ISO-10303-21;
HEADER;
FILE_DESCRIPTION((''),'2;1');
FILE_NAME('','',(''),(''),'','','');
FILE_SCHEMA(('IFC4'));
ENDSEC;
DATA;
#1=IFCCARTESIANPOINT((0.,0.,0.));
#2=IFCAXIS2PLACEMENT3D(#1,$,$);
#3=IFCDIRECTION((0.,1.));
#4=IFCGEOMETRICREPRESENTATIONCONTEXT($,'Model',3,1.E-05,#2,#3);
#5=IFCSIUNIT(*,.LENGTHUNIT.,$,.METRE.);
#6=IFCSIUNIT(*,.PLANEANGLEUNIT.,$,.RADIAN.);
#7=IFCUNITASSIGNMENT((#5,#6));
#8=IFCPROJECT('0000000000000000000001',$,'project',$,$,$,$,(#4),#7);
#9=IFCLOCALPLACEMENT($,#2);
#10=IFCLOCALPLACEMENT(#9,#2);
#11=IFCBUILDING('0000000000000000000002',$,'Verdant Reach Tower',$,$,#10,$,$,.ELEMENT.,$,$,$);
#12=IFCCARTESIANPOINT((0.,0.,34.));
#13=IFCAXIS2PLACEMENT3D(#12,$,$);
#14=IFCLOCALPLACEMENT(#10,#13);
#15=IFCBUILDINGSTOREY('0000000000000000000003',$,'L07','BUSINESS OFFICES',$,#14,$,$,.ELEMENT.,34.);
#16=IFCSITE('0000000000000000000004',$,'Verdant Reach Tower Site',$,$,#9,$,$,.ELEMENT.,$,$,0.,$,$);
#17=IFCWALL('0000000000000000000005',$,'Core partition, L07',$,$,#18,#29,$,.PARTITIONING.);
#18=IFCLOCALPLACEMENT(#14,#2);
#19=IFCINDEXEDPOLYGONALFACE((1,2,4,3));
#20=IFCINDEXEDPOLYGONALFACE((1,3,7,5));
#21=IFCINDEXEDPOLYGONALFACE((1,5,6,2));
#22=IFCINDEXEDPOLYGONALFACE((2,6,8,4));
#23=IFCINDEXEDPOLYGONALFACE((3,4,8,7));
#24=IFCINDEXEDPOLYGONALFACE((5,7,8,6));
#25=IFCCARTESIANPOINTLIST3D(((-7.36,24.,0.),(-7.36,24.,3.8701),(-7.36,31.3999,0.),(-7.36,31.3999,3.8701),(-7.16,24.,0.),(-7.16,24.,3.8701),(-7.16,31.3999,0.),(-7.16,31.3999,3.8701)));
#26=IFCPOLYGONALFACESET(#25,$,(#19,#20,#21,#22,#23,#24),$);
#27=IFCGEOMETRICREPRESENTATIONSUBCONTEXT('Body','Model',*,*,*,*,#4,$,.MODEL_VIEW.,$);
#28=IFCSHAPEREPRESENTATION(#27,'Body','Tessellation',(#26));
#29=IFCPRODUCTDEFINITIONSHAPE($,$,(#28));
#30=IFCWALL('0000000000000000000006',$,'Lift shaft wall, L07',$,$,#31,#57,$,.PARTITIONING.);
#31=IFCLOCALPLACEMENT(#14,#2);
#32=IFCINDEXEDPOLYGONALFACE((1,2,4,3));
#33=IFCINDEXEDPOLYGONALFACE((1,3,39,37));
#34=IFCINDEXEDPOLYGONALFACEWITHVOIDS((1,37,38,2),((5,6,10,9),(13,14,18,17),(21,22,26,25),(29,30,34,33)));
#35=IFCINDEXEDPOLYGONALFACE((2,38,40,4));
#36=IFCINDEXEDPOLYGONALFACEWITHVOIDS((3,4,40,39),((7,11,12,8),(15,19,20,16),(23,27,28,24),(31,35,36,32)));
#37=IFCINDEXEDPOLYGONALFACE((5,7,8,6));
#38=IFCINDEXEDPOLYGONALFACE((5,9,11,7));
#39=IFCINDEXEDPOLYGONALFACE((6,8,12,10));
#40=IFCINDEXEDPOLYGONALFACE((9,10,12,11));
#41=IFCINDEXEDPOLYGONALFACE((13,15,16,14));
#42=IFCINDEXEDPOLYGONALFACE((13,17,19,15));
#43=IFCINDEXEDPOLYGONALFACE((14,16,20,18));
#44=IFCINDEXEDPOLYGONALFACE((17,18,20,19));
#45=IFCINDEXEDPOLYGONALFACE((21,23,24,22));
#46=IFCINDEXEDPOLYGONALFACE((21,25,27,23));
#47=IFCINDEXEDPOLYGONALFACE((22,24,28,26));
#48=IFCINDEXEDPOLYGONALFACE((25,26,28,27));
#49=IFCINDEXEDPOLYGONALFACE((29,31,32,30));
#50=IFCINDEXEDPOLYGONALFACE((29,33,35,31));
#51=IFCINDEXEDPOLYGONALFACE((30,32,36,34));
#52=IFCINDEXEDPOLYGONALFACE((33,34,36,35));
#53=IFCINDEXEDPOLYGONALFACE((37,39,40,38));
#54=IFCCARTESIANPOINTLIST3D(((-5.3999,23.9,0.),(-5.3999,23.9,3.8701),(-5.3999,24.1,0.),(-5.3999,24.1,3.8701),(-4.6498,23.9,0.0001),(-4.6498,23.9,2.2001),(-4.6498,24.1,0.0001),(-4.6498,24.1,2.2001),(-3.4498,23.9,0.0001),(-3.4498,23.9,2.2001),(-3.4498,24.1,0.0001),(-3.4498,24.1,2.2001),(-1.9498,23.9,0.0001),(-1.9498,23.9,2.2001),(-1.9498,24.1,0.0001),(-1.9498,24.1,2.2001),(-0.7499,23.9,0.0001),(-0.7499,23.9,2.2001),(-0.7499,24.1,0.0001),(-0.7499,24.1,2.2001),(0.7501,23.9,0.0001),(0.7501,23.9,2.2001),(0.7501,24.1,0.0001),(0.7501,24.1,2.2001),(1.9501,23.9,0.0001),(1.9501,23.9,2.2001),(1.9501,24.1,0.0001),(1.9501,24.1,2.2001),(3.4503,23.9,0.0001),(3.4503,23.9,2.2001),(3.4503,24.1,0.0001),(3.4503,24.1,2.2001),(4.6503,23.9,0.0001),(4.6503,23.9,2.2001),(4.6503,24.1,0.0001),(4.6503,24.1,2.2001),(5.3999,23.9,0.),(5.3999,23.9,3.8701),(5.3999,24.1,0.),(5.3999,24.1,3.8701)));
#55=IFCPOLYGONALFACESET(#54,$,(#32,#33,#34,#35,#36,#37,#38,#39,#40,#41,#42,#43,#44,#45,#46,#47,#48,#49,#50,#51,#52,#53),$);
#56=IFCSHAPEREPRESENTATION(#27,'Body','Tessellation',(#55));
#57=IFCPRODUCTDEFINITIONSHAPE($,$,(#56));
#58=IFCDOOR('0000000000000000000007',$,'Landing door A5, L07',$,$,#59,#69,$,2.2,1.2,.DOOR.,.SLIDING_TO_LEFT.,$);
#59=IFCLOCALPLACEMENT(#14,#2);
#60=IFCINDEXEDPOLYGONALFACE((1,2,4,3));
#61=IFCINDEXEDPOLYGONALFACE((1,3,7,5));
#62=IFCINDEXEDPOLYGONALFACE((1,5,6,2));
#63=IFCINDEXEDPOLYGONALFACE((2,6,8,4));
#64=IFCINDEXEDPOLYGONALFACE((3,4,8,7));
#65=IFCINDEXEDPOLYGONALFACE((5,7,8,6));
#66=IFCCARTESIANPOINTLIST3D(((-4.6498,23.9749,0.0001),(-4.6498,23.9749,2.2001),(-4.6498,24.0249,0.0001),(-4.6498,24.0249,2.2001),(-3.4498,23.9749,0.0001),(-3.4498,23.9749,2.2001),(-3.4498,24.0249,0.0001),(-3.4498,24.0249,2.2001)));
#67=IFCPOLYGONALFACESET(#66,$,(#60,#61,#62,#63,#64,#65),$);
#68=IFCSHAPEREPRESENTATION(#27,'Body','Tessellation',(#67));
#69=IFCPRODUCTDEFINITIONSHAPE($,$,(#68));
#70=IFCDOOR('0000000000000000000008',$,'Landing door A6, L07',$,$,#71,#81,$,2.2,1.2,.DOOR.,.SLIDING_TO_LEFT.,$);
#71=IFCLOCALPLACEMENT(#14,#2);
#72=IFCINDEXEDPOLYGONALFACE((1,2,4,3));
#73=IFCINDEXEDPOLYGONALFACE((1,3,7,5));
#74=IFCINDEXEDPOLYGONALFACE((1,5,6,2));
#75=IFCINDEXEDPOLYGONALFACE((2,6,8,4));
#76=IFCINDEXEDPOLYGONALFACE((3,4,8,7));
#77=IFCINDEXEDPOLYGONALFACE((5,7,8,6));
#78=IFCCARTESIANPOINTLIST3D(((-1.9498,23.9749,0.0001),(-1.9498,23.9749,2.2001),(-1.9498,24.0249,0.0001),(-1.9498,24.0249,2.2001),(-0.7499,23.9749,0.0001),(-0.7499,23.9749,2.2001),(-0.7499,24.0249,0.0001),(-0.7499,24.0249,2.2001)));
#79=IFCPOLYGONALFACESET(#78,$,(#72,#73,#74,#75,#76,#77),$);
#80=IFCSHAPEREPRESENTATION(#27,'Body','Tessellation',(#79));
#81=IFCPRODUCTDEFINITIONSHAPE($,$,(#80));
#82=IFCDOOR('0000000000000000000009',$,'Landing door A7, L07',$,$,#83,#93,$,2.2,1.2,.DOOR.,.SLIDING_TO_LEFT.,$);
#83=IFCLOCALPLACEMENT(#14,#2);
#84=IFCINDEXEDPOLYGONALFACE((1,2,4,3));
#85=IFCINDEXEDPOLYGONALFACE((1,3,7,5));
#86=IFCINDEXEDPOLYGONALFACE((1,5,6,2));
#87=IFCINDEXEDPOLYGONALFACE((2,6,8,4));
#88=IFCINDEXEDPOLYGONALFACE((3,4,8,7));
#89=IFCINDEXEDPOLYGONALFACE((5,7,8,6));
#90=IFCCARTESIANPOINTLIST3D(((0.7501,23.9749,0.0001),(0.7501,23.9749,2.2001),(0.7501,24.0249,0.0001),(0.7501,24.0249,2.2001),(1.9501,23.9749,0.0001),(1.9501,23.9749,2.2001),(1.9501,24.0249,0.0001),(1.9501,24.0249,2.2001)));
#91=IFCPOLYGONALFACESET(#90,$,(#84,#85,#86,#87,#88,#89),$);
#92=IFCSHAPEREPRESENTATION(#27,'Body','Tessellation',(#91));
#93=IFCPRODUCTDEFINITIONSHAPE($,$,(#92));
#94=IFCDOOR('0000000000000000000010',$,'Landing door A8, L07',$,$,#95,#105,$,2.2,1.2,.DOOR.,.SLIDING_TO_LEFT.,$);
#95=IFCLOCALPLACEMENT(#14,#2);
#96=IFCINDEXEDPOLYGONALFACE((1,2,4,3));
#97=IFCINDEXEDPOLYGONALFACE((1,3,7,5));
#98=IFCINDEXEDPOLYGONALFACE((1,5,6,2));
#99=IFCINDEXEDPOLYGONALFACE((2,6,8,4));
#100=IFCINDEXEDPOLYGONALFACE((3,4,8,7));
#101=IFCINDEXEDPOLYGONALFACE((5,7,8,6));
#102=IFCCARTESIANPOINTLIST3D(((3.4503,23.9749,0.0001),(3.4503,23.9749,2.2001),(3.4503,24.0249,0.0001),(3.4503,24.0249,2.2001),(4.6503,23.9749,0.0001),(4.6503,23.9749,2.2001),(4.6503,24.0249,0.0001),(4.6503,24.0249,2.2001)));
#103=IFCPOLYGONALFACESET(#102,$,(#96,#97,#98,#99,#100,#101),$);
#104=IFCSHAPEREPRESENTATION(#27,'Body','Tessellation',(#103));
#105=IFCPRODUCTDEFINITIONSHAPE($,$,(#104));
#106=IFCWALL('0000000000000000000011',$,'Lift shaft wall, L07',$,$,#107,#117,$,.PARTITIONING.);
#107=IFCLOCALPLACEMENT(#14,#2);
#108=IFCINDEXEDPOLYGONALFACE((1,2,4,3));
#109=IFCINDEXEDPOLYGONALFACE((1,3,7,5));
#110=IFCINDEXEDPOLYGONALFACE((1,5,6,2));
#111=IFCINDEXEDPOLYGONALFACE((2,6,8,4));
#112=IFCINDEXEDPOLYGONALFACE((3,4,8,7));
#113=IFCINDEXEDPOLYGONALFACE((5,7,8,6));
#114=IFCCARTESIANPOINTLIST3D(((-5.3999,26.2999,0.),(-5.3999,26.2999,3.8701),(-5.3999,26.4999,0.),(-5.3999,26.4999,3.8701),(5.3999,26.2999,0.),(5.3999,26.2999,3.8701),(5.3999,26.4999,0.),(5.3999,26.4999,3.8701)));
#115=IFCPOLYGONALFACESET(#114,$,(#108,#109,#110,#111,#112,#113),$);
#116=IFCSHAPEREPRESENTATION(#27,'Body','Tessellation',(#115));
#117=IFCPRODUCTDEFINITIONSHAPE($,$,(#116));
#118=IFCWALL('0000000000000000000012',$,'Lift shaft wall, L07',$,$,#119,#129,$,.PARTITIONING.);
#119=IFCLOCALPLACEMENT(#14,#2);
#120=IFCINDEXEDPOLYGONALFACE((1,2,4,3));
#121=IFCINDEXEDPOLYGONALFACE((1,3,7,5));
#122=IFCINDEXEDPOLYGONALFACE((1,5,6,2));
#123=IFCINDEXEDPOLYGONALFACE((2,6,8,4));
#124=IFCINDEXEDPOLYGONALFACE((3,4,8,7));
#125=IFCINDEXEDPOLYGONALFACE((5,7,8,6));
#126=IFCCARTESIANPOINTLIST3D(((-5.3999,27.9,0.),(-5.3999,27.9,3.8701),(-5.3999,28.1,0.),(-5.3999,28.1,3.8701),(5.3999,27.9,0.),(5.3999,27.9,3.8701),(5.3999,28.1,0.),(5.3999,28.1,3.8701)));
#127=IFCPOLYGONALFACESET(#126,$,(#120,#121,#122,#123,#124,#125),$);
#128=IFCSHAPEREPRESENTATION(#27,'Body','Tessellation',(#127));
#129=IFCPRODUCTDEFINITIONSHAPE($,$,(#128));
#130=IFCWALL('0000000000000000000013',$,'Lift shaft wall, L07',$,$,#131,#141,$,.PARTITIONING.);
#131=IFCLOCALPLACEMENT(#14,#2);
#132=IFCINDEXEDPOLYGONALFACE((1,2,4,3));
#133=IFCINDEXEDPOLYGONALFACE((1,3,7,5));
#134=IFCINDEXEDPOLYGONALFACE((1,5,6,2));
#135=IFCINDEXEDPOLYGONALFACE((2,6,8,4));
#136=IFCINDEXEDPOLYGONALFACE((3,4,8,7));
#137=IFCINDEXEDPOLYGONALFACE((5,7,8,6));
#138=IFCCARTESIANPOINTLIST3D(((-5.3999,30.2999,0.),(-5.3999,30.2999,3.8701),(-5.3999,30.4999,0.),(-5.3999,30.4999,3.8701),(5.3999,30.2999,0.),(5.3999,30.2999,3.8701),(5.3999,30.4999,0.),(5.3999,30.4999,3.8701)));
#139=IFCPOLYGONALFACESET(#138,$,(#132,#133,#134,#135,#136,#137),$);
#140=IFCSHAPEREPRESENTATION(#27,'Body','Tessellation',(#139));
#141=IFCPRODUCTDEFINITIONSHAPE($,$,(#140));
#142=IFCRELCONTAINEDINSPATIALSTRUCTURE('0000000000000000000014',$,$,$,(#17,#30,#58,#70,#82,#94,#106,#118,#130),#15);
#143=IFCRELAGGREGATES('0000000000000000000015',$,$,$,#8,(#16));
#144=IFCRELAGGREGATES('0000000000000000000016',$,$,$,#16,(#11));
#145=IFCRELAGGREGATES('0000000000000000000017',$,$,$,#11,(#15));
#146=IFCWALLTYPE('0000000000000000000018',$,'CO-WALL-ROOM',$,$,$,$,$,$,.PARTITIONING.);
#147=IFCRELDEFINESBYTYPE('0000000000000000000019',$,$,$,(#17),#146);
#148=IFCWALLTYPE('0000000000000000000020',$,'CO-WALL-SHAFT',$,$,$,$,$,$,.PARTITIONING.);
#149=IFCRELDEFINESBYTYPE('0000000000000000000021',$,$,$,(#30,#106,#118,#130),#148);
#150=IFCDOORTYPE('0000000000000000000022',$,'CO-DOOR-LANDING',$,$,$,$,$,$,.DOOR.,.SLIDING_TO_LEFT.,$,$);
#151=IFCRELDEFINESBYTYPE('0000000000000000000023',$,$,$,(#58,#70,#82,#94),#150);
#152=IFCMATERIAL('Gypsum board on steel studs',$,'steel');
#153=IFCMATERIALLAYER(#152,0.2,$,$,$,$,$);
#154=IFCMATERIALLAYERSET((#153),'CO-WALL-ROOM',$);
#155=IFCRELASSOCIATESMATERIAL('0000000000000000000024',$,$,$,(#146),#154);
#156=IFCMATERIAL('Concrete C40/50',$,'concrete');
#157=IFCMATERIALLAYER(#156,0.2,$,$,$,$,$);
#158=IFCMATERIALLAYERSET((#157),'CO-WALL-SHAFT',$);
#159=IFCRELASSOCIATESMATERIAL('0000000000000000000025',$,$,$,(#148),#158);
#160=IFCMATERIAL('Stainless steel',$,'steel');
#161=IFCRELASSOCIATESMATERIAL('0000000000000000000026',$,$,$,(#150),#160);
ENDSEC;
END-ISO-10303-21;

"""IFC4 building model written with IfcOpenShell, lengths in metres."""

from ifc_helpers import new_model, si_unit, direction, frame, frame_2d, origin, place, context, subcontext, project, spatial, rectangle, extrude, material, layer, layer_set, type_object, element, fill, save


model = new_model("IFC4")

# Units and contexts
model_context = context("Model", 3, precision=1e-05, world=origin(), true_north=direction((0.0, 1.0)))
body_context = subcontext(model_context, "Body", "Model", "MODEL_VIEW")
ifc_project = project(units=[si_unit("LENGTHUNIT", "METRE"), si_unit("PLANEANGLEUNIT", "RADIAN")], contexts=[model_context])

# Site, building, storey
site_placement = place(None, origin())
site = spatial("IfcSite", under=ifc_project, at=site_placement, Name="Verdant Reach Tower Site", CompositionType="ELEMENT", RefElevation=0.0)
building_placement = place(site_placement, origin())
building = spatial("IfcBuilding", under=site, at=building_placement, Name="Verdant Reach Tower", CompositionType="ELEMENT")
storey_placement = place(building_placement, frame((0.0, 0.0, 34.0)))
storey = spatial("IfcBuildingStorey", under=building, at=storey_placement, Name="L07", Description="BUSINESS OFFICES", CompositionType="ELEMENT", Elevation=34.0)

# Wall
ifc_material_1 = material(Name="Gypsum board on steel studs", Category="steel")
ifc_layer_1 = layer(ifc_material_1, 0.2)
ifc_layer_set_1 = layer_set([ifc_layer_1], Name="CO-WALL-ROOM")
wall_type_1 = type_object("IfcWallType", Name="CO-WALL-ROOM", PredefinedType="PARTITIONING", material=ifc_layer_set_1)
wall_1_placement = place(storey_placement, frame((-7.26, 24.0, 0.0), z_axis=(0.0, 0.0, 1.0), x_axis=(0.0, 1.0, 0.0)))
element("IfcWall", 1, at=wall_1_placement, inside=storey, type_object=wall_type_1, Name="Core partition, L07", PredefinedType="PARTITIONING", context=body_context, shape_type="SweptSolid", body=[
    extrude(rectangle(XDim=7.3999, YDim=0.2, at=frame_2d((3.7, 0.0))), origin(), (0.0, 0.0, 1.0), 3.8701),
])

# Wall, openings, doors
ifc_material_2 = material(Name="Concrete C40/50", Category="concrete")
ifc_layer_2 = layer(ifc_material_2, 0.2)
ifc_layer_set_2 = layer_set([ifc_layer_2], Name="CO-WALL-SHAFT")
wall_type_2 = type_object("IfcWallType", Name="CO-WALL-SHAFT", PredefinedType="PARTITIONING", material=ifc_layer_set_2)
wall_2_placement = place(storey_placement, frame((-5.3999, 24.0, 0.0), z_axis=(0.0, 0.0, 1.0), x_axis=(1.0, 0.0, 0.0)))
wall_2 = element("IfcWall", 2, at=wall_2_placement, inside=storey, type_object=wall_type_2, Name="Lift shaft wall, L07", PredefinedType="PARTITIONING", context=body_context, shape_type="SweptSolid", body=[
    extrude(rectangle(XDim=10.7998, YDim=0.2, at=frame_2d((5.3999, 0.0))), origin(), (0.0, 0.0, 1.0), 3.8701),
])
opening_1_placement = place(wall_2_placement, frame((0.75, 0.0, 0.0)))
opening_1 = element("IfcOpeningElement", 3, at=opening_1_placement, cuts=wall_2, PredefinedType="OPENING", context=body_context, shape_type="SweptSolid", body=[
    extrude(rectangle(XDim=1.2, YDim=2.2, at=frame_2d((0.6001, 1.1001))), frame((0.0, 0.1099, 0.0), z_axis=(0.0, -1.0, 0.0), x_axis=(1.0, 0.0, 0.0)), (0.0, 0.0, 1.0), 0.22),
])
opening_2_placement = place(wall_2_placement, frame((3.45, 0.0, 0.0)))
opening_2 = element("IfcOpeningElement", 4, at=opening_2_placement, cuts=wall_2, PredefinedType="OPENING", context=body_context, shape_type="SweptSolid", body=[
    extrude(rectangle(XDim=1.2, YDim=2.2, at=frame_2d((0.6001, 1.1001))), frame((0.0, 0.1099, 0.0), z_axis=(0.0, -1.0, 0.0), x_axis=(1.0, 0.0, 0.0)), (0.0, 0.0, 1.0), 0.22),
])
opening_3_placement = place(wall_2_placement, frame((6.1499, 0.0, 0.0)))
opening_3 = element("IfcOpeningElement", 5, at=opening_3_placement, cuts=wall_2, PredefinedType="OPENING", context=body_context, shape_type="SweptSolid", body=[
    extrude(rectangle(XDim=1.2, YDim=2.2, at=frame_2d((0.6001, 1.1001))), frame((0.0, 0.1099, 0.0), z_axis=(0.0, -1.0, 0.0), x_axis=(1.0, 0.0, 0.0)), (0.0, 0.0, 1.0), 0.22),
])
opening_4_placement = place(wall_2_placement, frame((8.8501, 0.0, 0.0)))
opening_4 = element("IfcOpeningElement", 6, at=opening_4_placement, cuts=wall_2, PredefinedType="OPENING", context=body_context, shape_type="SweptSolid", body=[
    extrude(rectangle(XDim=1.2, YDim=2.2, at=frame_2d((0.6001, 1.1001))), frame((0.0, 0.1099, 0.0), z_axis=(0.0, -1.0, 0.0), x_axis=(1.0, 0.0, 0.0)), (0.0, 0.0, 1.0), 0.22),
])
ifc_material_3 = material(Name="Stainless steel", Category="steel")
door_type_1 = type_object("IfcDoorType", Name="CO-DOOR-LANDING", OperationType="SLIDING_TO_LEFT", PredefinedType="DOOR", material=ifc_material_3)
door_1_placement = place(opening_1_placement, origin())
door_1 = element("IfcDoor", 7, at=door_1_placement, inside=storey, type_object=door_type_1, Name="Landing door A5, L07", OperationType="SLIDING_TO_LEFT", OverallHeight=2.2, OverallWidth=1.2, PredefinedType="DOOR", context=body_context, shape_type="SweptSolid", body=[
    extrude(rectangle(XDim=1.2, YDim=2.2, at=frame_2d((0.6001, 1.1001))), frame((0.0, 0.0249, 0.0), z_axis=(0.0, -1.0, 0.0), x_axis=(1.0, 0.0, 0.0)), (0.0, 0.0, 1.0), 0.05),
])
fill(opening_1, door_1)
door_2_placement = place(opening_2_placement, origin())
door_2 = element("IfcDoor", 8, at=door_2_placement, inside=storey, type_object=door_type_1, Name="Landing door A6, L07", OperationType="SLIDING_TO_LEFT", OverallHeight=2.2, OverallWidth=1.2, PredefinedType="DOOR", context=body_context, shape_type="SweptSolid", body=[
    extrude(rectangle(XDim=1.2, YDim=2.2, at=frame_2d((0.6001, 1.1001))), frame((0.0, 0.0249, 0.0), z_axis=(0.0, -1.0, 0.0), x_axis=(1.0, 0.0, 0.0)), (0.0, 0.0, 1.0), 0.05),
])
fill(opening_2, door_2)
door_3_placement = place(opening_3_placement, origin())
door_3 = element("IfcDoor", 9, at=door_3_placement, inside=storey, type_object=door_type_1, Name="Landing door A7, L07", OperationType="SLIDING_TO_LEFT", OverallHeight=2.2, OverallWidth=1.2, PredefinedType="DOOR", context=body_context, shape_type="SweptSolid", body=[
    extrude(rectangle(XDim=1.2, YDim=2.2, at=frame_2d((0.6001, 1.1001))), frame((0.0, 0.0249, 0.0), z_axis=(0.0, -1.0, 0.0), x_axis=(1.0, 0.0, 0.0)), (0.0, 0.0, 1.0), 0.05),
])
fill(opening_3, door_3)
door_4_placement = place(opening_4_placement, origin())
door_4 = element("IfcDoor", 10, at=door_4_placement, inside=storey, type_object=door_type_1, Name="Landing door A8, L07", OperationType="SLIDING_TO_LEFT", OverallHeight=2.2, OverallWidth=1.2, PredefinedType="DOOR", context=body_context, shape_type="SweptSolid", body=[
    extrude(rectangle(XDim=1.2, YDim=2.2, at=frame_2d((0.6001, 1.1001))), frame((0.0, 0.0249, 0.0), z_axis=(0.0, -1.0, 0.0), x_axis=(1.0, 0.0, 0.0)), (0.0, 0.0, 1.0), 0.05),
])
fill(opening_4, door_4)

# Walls
for number, where, z_axis, x_axis, name in (
    (11, (-5.3999, 26.3999, 0.0), (0.0, 0.0, 1.0), (1.0, 0.0, 0.0), "Lift shaft wall, L07"),
    (12, (-5.3999, 28.0, 0.0), (0.0, 0.0, 1.0), (1.0, 0.0, 0.0), "Lift shaft wall, L07"),
    (13, (-5.3999, 30.3999, 0.0), (0.0, 0.0, 1.0), (1.0, 0.0, 0.0), "Lift shaft wall, L07"),
):
    element("IfcWall", number, at=place(storey_placement, frame(where, z_axis=z_axis, x_axis=x_axis)), inside=storey, type_object=wall_type_2, Name=name, PredefinedType="PARTITIONING", context=body_context, shape_type="SweptSolid", body=[
        extrude(rectangle(XDim=10.7998, YDim=0.2, at=frame_2d((5.3999, 0.0))), origin(), (0.0, 0.0, 1.0), 3.8701),
    ])

save(model, "model.ifc")
